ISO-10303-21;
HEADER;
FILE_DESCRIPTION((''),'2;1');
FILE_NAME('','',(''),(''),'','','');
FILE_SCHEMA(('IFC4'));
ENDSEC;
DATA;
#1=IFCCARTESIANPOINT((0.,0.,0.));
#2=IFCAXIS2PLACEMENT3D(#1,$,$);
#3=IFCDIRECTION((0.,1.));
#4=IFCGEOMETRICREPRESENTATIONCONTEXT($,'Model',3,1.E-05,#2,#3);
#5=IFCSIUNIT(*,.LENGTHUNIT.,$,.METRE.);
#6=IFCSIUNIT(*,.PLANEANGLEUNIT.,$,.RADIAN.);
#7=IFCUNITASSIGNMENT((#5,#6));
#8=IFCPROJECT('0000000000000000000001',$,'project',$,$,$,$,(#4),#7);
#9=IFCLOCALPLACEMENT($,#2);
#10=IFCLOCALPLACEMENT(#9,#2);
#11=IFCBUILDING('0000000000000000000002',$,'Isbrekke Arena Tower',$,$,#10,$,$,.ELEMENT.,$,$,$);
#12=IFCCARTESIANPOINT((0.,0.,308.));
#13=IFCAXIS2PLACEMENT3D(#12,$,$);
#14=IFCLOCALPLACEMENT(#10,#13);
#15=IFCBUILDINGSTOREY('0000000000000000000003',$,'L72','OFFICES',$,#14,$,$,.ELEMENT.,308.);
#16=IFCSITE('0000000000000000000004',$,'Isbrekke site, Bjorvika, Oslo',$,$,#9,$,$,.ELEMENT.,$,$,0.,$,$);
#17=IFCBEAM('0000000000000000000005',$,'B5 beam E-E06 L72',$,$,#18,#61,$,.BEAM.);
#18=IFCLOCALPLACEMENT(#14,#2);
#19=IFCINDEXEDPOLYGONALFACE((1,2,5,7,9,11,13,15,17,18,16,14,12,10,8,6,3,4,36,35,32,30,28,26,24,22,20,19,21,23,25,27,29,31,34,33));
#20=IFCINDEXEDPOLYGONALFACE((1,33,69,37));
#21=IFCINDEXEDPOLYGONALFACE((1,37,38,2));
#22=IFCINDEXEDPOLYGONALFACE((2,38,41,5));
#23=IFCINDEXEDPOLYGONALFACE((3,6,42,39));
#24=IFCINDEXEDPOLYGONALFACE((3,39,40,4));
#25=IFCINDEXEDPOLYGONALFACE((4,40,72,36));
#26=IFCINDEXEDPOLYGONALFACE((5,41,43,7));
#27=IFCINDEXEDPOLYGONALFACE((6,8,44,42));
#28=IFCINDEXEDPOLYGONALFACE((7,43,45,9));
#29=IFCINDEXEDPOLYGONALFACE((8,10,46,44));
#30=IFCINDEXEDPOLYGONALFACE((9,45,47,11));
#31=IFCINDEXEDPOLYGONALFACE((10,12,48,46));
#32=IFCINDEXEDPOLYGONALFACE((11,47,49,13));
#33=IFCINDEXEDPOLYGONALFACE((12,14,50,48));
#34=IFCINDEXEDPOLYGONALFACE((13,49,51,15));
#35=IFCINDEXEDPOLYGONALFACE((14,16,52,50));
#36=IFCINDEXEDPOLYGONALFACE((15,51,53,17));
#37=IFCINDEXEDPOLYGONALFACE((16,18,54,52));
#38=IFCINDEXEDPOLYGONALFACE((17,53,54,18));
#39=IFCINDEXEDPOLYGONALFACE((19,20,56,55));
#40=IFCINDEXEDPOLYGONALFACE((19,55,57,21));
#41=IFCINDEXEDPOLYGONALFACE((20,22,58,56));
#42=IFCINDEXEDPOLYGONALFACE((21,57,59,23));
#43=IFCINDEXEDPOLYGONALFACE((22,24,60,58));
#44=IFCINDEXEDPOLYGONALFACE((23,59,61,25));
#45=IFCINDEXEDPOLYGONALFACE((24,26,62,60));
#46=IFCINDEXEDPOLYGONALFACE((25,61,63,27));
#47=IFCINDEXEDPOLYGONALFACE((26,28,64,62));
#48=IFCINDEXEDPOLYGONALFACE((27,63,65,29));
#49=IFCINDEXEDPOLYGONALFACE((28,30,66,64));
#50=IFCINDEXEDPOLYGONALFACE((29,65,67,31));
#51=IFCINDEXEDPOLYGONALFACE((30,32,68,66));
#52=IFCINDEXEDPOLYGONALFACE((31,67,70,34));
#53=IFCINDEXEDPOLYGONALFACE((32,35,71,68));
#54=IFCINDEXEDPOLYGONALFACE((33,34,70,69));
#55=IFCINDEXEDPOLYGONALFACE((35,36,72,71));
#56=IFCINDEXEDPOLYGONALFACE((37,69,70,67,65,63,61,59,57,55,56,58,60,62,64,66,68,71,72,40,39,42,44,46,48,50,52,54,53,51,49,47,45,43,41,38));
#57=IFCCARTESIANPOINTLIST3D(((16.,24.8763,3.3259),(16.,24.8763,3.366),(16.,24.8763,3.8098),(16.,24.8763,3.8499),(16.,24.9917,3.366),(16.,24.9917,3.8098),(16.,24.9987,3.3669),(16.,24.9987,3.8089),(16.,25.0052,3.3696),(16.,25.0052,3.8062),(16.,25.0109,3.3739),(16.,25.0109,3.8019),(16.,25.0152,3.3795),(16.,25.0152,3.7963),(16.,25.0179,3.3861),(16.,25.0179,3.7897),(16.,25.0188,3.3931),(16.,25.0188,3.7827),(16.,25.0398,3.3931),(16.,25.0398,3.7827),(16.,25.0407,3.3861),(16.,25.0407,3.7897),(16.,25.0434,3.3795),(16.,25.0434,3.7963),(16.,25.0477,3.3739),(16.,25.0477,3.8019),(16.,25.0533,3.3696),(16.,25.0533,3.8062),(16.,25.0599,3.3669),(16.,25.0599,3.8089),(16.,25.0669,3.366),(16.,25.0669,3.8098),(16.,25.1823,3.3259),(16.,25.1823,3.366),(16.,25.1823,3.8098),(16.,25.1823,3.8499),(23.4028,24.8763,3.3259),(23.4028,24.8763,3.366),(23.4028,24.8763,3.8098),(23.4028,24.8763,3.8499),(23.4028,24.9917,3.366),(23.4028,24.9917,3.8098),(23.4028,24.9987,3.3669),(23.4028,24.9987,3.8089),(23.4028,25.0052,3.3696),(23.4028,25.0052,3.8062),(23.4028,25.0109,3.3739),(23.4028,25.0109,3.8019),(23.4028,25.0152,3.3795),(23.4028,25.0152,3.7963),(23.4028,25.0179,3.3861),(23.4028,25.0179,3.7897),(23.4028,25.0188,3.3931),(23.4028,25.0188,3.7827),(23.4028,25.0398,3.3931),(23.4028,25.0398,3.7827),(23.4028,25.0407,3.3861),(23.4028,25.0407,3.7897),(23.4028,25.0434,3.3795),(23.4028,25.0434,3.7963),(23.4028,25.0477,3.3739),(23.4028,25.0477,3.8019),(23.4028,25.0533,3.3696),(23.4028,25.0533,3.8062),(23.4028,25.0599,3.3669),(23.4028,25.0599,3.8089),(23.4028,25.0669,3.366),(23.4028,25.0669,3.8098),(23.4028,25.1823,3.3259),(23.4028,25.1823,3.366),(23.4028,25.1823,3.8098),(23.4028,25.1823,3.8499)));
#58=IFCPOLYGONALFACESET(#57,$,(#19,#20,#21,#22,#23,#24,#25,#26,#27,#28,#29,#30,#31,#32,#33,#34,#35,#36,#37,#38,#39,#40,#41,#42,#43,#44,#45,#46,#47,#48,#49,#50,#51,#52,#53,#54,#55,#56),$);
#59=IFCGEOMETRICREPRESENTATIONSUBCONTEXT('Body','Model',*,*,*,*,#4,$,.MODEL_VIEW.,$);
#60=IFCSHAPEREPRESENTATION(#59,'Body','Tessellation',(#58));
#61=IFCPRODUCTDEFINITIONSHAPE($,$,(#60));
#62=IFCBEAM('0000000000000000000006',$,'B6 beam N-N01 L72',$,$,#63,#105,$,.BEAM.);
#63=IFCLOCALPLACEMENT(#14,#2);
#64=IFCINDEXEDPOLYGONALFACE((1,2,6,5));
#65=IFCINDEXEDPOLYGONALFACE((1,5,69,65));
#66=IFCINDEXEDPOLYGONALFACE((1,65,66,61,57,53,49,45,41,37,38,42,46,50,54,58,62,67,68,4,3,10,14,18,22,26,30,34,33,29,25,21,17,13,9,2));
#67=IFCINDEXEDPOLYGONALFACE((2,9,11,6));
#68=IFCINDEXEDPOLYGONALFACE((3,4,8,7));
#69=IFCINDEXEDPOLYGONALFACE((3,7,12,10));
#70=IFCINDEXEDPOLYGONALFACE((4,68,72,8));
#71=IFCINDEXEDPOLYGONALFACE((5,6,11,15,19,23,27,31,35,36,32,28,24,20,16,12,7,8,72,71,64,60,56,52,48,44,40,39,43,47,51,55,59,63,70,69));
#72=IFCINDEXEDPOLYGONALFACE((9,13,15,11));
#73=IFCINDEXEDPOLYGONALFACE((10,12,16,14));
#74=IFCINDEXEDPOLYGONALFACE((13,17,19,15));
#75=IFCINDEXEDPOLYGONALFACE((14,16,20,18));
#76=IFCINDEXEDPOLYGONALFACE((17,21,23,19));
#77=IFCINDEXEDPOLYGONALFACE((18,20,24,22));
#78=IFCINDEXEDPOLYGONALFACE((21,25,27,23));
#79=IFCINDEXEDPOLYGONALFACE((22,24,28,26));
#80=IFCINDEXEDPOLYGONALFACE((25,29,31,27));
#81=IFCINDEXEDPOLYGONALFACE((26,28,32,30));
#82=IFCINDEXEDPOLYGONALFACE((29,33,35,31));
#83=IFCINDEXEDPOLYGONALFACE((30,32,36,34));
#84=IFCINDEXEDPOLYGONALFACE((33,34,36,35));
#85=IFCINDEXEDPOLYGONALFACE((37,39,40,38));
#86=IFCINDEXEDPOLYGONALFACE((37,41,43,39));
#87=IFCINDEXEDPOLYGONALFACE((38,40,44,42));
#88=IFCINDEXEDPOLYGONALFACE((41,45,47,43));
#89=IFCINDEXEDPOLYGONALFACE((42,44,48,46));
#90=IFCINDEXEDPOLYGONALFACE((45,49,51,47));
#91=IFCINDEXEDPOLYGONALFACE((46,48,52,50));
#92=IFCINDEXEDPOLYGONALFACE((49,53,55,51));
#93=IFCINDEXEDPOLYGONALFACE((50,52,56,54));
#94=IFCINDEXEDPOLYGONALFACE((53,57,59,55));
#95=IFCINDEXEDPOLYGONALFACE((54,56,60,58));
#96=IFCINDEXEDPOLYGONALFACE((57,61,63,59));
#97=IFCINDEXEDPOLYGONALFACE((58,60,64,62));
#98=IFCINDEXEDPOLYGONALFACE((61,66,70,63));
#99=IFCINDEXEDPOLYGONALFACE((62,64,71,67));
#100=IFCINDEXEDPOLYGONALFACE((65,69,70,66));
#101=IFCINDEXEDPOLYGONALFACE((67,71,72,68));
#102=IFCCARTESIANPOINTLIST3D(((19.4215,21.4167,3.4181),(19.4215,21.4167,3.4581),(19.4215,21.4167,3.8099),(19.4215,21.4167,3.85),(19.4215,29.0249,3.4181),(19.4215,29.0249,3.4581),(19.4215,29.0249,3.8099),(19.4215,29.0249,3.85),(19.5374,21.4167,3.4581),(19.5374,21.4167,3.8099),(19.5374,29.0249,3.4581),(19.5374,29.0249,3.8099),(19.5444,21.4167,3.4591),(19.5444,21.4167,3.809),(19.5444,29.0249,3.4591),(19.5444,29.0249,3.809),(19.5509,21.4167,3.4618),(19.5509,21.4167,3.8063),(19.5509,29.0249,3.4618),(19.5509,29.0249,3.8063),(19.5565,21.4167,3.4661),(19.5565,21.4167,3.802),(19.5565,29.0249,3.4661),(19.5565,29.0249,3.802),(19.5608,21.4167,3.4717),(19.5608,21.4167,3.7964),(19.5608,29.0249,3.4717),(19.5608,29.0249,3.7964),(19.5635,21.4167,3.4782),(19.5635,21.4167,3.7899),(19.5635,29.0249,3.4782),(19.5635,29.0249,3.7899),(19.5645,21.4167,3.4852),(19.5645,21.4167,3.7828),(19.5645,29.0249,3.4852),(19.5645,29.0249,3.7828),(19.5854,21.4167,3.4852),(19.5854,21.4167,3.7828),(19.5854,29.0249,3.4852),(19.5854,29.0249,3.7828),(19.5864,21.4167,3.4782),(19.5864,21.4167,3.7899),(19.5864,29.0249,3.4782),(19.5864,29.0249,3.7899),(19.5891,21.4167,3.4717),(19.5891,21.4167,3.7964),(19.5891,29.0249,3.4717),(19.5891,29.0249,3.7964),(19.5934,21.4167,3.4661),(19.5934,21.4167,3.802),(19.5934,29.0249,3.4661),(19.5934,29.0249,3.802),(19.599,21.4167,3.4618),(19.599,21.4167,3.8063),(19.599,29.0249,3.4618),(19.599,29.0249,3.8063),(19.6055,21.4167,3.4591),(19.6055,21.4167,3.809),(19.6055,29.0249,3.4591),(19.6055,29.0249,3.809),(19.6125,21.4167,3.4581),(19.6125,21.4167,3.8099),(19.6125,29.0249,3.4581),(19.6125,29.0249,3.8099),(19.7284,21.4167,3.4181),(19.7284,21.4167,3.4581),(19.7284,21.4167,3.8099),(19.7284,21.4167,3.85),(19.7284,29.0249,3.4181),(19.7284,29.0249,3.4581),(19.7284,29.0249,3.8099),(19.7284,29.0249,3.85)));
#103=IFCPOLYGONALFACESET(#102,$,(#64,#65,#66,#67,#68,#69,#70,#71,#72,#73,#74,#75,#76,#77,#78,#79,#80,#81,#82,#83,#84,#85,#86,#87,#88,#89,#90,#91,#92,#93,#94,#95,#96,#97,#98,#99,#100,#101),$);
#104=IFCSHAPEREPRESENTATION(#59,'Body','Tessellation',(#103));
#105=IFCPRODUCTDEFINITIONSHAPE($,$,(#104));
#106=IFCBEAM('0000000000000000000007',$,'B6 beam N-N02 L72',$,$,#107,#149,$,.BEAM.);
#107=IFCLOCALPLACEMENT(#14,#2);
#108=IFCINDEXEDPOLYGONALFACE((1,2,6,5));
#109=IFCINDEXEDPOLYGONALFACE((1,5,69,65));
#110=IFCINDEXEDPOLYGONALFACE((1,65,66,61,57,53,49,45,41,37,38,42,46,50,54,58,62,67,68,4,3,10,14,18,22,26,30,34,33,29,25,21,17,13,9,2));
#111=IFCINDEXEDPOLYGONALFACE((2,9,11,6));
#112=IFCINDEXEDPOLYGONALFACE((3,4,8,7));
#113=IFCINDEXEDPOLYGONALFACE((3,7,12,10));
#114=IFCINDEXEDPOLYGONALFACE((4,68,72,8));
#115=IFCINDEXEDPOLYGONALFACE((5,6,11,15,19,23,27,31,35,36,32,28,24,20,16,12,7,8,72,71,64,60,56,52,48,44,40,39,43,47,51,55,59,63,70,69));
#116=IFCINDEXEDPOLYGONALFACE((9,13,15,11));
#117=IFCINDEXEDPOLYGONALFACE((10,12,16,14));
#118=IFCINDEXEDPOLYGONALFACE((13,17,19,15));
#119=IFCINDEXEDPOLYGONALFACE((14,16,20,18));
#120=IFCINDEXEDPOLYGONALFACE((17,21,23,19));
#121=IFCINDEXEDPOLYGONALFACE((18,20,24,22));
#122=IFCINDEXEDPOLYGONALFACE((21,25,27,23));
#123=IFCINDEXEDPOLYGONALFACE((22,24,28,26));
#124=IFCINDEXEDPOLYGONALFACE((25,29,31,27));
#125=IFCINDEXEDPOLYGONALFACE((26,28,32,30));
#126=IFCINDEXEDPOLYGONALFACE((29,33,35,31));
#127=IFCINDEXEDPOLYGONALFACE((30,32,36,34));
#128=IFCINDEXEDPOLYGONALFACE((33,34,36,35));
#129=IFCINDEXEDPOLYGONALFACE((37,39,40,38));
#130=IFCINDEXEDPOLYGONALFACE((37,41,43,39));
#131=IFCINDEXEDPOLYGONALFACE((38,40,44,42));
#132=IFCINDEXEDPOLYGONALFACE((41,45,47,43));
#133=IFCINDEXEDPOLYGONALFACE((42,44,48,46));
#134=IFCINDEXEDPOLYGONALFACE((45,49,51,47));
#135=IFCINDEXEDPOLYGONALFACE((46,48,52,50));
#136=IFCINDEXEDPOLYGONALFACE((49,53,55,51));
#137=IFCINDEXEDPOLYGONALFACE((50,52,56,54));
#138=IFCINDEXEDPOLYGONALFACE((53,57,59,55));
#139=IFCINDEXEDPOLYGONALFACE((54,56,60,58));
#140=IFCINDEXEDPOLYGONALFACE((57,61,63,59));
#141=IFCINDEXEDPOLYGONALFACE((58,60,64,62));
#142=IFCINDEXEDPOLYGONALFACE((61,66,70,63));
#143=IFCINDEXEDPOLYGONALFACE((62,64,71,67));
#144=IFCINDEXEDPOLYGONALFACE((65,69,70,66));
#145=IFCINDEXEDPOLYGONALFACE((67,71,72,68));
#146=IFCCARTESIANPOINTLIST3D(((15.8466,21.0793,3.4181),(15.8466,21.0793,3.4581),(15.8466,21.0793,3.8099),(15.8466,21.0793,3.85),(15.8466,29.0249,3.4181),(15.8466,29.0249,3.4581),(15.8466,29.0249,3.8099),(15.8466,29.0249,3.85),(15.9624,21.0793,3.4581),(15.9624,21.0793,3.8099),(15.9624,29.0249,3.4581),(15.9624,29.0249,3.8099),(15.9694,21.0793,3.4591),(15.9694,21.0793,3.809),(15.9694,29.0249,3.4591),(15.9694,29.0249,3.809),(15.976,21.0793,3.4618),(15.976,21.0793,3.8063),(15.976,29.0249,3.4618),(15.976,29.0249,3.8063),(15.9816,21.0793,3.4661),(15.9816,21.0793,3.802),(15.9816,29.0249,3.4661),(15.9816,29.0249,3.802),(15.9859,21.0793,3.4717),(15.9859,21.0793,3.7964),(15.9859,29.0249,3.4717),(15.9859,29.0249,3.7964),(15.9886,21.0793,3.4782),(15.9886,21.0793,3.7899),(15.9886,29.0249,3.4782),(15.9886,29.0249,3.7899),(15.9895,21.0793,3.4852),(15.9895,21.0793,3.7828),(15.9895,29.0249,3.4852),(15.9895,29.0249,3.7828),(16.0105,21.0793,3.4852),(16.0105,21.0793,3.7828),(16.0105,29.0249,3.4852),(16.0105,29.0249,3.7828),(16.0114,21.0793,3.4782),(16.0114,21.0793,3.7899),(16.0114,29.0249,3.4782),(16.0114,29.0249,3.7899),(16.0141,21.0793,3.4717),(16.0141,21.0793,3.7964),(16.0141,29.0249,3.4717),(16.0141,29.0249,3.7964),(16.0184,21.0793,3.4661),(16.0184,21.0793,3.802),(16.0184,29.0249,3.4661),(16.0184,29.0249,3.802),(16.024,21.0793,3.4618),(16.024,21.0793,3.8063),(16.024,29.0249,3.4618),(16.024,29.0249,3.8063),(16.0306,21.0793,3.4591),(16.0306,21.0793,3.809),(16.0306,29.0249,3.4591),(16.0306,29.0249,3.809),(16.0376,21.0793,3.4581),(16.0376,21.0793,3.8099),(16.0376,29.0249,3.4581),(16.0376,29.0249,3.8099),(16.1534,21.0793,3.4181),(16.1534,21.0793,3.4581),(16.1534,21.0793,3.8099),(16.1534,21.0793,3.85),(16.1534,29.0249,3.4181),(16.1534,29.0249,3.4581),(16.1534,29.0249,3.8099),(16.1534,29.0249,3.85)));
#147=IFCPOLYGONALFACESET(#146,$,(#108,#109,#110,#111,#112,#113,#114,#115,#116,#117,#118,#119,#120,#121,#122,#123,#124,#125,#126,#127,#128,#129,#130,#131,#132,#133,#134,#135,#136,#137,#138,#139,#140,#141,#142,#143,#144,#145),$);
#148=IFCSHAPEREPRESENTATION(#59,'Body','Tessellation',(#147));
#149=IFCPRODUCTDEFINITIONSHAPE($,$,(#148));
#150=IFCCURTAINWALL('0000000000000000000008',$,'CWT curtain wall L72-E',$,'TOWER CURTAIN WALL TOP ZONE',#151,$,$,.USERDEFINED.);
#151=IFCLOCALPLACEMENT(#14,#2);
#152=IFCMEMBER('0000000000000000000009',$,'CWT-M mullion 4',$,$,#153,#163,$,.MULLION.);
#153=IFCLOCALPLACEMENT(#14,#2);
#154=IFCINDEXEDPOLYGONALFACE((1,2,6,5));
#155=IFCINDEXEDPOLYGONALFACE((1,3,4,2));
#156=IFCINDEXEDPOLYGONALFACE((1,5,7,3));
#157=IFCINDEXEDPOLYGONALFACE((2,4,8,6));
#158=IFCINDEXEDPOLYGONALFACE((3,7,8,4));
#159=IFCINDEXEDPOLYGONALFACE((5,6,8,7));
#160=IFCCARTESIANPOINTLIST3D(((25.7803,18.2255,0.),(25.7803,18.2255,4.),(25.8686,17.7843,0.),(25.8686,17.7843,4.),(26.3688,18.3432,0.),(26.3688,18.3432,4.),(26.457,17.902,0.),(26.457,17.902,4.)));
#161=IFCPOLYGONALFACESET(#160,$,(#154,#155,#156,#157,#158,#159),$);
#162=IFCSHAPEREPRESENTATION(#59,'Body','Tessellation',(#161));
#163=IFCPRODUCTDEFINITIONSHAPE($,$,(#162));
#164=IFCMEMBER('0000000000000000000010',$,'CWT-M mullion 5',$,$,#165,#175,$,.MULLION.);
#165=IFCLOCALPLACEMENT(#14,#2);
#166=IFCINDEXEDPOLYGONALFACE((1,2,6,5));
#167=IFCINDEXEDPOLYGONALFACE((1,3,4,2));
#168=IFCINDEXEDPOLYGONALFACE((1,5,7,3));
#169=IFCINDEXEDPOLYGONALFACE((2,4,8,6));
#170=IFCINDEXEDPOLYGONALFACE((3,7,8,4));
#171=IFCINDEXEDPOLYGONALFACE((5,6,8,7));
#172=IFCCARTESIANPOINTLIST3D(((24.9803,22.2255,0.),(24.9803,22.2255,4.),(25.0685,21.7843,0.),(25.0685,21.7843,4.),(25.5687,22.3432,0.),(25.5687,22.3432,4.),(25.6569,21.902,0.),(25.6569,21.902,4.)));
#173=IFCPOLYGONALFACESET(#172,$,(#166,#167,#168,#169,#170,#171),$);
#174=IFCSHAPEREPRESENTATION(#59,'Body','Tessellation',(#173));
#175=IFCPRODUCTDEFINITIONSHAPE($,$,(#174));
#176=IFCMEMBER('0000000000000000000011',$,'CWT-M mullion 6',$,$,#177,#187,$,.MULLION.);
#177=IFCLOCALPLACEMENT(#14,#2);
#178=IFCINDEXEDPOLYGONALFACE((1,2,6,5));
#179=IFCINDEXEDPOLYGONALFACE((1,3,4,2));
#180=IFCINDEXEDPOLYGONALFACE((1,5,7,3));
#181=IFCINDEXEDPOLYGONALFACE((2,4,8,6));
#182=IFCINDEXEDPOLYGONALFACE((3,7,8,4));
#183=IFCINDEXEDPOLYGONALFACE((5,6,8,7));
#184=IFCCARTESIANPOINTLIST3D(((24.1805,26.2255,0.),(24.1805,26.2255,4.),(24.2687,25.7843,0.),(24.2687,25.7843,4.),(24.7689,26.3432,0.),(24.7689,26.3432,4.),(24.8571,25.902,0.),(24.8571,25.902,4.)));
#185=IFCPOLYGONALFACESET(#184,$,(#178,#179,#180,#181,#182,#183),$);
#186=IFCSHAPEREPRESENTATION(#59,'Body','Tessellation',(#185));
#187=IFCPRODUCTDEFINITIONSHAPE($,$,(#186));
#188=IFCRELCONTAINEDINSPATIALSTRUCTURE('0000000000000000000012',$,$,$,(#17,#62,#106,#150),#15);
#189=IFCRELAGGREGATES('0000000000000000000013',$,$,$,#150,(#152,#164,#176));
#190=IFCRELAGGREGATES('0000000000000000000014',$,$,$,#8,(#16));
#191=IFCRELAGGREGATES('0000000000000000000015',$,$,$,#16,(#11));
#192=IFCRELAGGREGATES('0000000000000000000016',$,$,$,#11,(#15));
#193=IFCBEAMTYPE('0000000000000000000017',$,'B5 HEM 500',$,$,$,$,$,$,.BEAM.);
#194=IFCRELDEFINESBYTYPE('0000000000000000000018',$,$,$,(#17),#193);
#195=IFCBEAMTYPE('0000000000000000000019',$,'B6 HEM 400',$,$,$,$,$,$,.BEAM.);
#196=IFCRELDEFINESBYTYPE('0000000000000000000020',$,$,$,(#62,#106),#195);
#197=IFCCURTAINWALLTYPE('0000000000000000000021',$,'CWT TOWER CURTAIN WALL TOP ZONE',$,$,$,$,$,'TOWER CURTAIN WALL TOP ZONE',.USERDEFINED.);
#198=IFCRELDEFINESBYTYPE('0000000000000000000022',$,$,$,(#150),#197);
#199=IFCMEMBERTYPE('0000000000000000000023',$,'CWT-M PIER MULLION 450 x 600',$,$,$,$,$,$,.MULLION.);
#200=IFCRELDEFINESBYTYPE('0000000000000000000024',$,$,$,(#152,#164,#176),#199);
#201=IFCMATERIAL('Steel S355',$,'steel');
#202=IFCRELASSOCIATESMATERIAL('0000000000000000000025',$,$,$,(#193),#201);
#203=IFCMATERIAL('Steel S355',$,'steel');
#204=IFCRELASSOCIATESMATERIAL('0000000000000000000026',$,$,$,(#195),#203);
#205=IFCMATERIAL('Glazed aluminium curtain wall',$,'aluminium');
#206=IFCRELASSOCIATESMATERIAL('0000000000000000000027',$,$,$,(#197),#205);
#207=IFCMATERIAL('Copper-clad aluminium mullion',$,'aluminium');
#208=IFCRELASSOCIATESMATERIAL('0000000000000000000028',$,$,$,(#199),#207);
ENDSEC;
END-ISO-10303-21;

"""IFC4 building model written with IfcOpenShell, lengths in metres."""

from ifc_helpers import new_model, si_unit, direction, frame, origin, origin_2d, place, context, subcontext, project, spatial, rectangle, i_section, extrude, material, material_profile, profile_set, type_object, element, aggregate, save


model = new_model("IFC4")

# Units and contexts
model_context = context("Model", 3, precision=1e-05, world=origin(), true_north=direction((0.0, 1.0)))
body_context = subcontext(model_context, "Body", "Model", "MODEL_VIEW")
ifc_project = project(units=[si_unit("LENGTHUNIT", "METRE"), si_unit("PLANEANGLEUNIT", "RADIAN")], contexts=[model_context])

# Site, building, storey
site_placement = place(None, origin())
site = spatial("IfcSite", under=ifc_project, at=site_placement, Name="Isbrekke site, Bjorvika, Oslo", CompositionType="ELEMENT", RefElevation=0.0)
building_placement = place(site_placement, origin())
building = spatial("IfcBuilding", under=site, at=building_placement, Name="Isbrekke Arena Tower", CompositionType="ELEMENT")
storey_placement = place(building_placement, frame((0.0, 0.0, 308.0)))
storey = spatial("IfcBuildingStorey", under=building, at=storey_placement, Name="L72", Description="OFFICES", CompositionType="ELEMENT", Elevation=308.0)

# Beams
ifc_material_1 = material(Name="Steel S355", Category="steel")
ifc_material_profile_1 = material_profile(ifc_material_1, i_section(OverallWidth=0.3059, OverallDepth=0.5239, WebThickness=0.021, FlangeThickness=0.04, FilletRadius=0.0271, at=origin_2d()), Name="HEM 500")
ifc_profile_set_1 = profile_set([ifc_material_profile_1], Name="Steel S355")
beam_type_1 = type_object("IfcBeamType", Name="B5 HEM 500", PredefinedType="BEAM", material=ifc_profile_set_1)
beam_1_placement = place(storey_placement, frame((23.4028, 25.0293, 3.5879), z_axis=(-1.0, 0.0, 0.0), x_axis=(0.0, -1.0, 0.0)))
element("IfcBeam", 1, at=beam_1_placement, inside=storey, type_object=beam_type_1, Name="B5 beam E-E06 L72", PredefinedType="BEAM", context=body_context, shape_type="SweptSolid", body=[
    extrude(i_section(OverallWidth=0.3059, OverallDepth=0.5239, WebThickness=0.021, FlangeThickness=0.04, FilletRadius=0.0271, at=origin_2d()), origin(), (0.0, 0.0, 1.0), 7.4028),
])
ifc_material_2 = material(Name="Steel S355", Category="steel")
ifc_material_profile_2 = material_profile(ifc_material_2, i_section(OverallWidth=0.3069, OverallDepth=0.4319, WebThickness=0.021, FlangeThickness=0.04, FilletRadius=0.0271, at=origin_2d()), Name="HEM 400")
ifc_profile_set_2 = profile_set([ifc_material_profile_2], Name="Steel S355")
beam_type_2 = type_object("IfcBeamType", Name="B6 HEM 400", PredefinedType="BEAM", material=ifc_profile_set_2)
beam_2_placement = place(storey_placement, frame((19.575, 29.0249, 3.634), z_axis=(0.0, -1.0, 0.0), x_axis=(1.0, 0.0, 0.0)))
element("IfcBeam", 2, at=beam_2_placement, inside=storey, type_object=beam_type_2, Name="B6 beam N-N01 L72", PredefinedType="BEAM", context=body_context, shape_type="SweptSolid", body=[
    extrude(i_section(OverallWidth=0.3069, OverallDepth=0.4319, WebThickness=0.021, FlangeThickness=0.04, FilletRadius=0.0271, at=origin_2d()), origin(), (0.0, 0.0, 1.0), 7.6082),
])
beam_3_placement = place(storey_placement, frame((16.0, 29.0249, 3.634), z_axis=(0.0, -1.0, 0.0), x_axis=(1.0, 0.0, 0.0)))
element("IfcBeam", 3, at=beam_3_placement, inside=storey, type_object=beam_type_2, Name="B6 beam N-N02 L72", PredefinedType="BEAM", context=body_context, shape_type="SweptSolid", body=[
    extrude(i_section(OverallWidth=0.3069, OverallDepth=0.4319, WebThickness=0.021, FlangeThickness=0.04, FilletRadius=0.0271, at=origin_2d()), origin(), (0.0, 0.0, 1.0), 7.9456),
])

# Curtain wall, members
ifc_material_3 = material(Name="Glazed aluminium curtain wall", Category="aluminium")
curtain_wall_type = type_object("IfcCurtainWallType", Name="CWT TOWER CURTAIN WALL TOP ZONE", ElementType="TOWER CURTAIN WALL TOP ZONE", PredefinedType="USERDEFINED", material=ifc_material_3)
curtain_wall_1_placement = place(storey_placement, origin())
curtain_wall_1 = element("IfcCurtainWall", 4, at=curtain_wall_1_placement, inside=storey, type_object=curtain_wall_type, Name="CWT curtain wall L72-E", ObjectType="TOWER CURTAIN WALL TOP ZONE", PredefinedType="USERDEFINED")
ifc_material_4 = material(Name="Copper-clad aluminium mullion", Category="aluminium")
ifc_material_profile_3 = material_profile(ifc_material_4, rectangle(XDim=0.45, YDim=0.6001, at=origin_2d()), Name="PIER 450X600")
ifc_profile_set_3 = profile_set([ifc_material_profile_3], Name="Copper-clad aluminium mullion")
member_type_1 = type_object("IfcMemberType", Name="CWT-M PIER MULLION 450 x 600", PredefinedType="MULLION", material=ifc_profile_set_3)
member_1_placement = place(storey_placement, frame((26.1187, 18.0637, 0.0), z_axis=(0.0, 0.0, 1.0), x_axis=(-0.196116, 0.980581, 0.0)))
member_1 = element("IfcMember", 5, at=member_1_placement, type_object=member_type_1, Name="CWT-M mullion 4", PredefinedType="MULLION", context=body_context, shape_type="SweptSolid", body=[
    extrude(rectangle(XDim=0.45, YDim=0.6001, at=origin_2d()), origin(), (0.0, 0.0, 1.0), 4.0),
])
member_2_placement = place(storey_placement, frame((25.3186, 22.0637, 0.0), z_axis=(0.0, 0.0, 1.0), x_axis=(-0.196116, 0.980581, 0.0)))
member_2 = element("IfcMember", 6, at=member_2_placement, type_object=member_type_1, Name="CWT-M mullion 5", PredefinedType="MULLION", context=body_context, shape_type="SweptSolid", body=[
    extrude(rectangle(XDim=0.45, YDim=0.6001, at=origin_2d()), origin(), (0.0, 0.0, 1.0), 4.0),
])
member_3_placement = place(storey_placement, frame((24.5188, 26.0637, 0.0), z_axis=(0.0, 0.0, 1.0), x_axis=(-0.196116, 0.980581, 0.0)))
member_3 = element("IfcMember", 7, at=member_3_placement, type_object=member_type_1, Name="CWT-M mullion 6", PredefinedType="MULLION", context=body_context, shape_type="SweptSolid", body=[
    extrude(rectangle(XDim=0.45, YDim=0.6001, at=origin_2d()), origin(), (0.0, 0.0, 1.0), 4.0),
])

aggregate(curtain_wall_1, [member_1, member_2, member_3])

save(model, "model.ifc")
